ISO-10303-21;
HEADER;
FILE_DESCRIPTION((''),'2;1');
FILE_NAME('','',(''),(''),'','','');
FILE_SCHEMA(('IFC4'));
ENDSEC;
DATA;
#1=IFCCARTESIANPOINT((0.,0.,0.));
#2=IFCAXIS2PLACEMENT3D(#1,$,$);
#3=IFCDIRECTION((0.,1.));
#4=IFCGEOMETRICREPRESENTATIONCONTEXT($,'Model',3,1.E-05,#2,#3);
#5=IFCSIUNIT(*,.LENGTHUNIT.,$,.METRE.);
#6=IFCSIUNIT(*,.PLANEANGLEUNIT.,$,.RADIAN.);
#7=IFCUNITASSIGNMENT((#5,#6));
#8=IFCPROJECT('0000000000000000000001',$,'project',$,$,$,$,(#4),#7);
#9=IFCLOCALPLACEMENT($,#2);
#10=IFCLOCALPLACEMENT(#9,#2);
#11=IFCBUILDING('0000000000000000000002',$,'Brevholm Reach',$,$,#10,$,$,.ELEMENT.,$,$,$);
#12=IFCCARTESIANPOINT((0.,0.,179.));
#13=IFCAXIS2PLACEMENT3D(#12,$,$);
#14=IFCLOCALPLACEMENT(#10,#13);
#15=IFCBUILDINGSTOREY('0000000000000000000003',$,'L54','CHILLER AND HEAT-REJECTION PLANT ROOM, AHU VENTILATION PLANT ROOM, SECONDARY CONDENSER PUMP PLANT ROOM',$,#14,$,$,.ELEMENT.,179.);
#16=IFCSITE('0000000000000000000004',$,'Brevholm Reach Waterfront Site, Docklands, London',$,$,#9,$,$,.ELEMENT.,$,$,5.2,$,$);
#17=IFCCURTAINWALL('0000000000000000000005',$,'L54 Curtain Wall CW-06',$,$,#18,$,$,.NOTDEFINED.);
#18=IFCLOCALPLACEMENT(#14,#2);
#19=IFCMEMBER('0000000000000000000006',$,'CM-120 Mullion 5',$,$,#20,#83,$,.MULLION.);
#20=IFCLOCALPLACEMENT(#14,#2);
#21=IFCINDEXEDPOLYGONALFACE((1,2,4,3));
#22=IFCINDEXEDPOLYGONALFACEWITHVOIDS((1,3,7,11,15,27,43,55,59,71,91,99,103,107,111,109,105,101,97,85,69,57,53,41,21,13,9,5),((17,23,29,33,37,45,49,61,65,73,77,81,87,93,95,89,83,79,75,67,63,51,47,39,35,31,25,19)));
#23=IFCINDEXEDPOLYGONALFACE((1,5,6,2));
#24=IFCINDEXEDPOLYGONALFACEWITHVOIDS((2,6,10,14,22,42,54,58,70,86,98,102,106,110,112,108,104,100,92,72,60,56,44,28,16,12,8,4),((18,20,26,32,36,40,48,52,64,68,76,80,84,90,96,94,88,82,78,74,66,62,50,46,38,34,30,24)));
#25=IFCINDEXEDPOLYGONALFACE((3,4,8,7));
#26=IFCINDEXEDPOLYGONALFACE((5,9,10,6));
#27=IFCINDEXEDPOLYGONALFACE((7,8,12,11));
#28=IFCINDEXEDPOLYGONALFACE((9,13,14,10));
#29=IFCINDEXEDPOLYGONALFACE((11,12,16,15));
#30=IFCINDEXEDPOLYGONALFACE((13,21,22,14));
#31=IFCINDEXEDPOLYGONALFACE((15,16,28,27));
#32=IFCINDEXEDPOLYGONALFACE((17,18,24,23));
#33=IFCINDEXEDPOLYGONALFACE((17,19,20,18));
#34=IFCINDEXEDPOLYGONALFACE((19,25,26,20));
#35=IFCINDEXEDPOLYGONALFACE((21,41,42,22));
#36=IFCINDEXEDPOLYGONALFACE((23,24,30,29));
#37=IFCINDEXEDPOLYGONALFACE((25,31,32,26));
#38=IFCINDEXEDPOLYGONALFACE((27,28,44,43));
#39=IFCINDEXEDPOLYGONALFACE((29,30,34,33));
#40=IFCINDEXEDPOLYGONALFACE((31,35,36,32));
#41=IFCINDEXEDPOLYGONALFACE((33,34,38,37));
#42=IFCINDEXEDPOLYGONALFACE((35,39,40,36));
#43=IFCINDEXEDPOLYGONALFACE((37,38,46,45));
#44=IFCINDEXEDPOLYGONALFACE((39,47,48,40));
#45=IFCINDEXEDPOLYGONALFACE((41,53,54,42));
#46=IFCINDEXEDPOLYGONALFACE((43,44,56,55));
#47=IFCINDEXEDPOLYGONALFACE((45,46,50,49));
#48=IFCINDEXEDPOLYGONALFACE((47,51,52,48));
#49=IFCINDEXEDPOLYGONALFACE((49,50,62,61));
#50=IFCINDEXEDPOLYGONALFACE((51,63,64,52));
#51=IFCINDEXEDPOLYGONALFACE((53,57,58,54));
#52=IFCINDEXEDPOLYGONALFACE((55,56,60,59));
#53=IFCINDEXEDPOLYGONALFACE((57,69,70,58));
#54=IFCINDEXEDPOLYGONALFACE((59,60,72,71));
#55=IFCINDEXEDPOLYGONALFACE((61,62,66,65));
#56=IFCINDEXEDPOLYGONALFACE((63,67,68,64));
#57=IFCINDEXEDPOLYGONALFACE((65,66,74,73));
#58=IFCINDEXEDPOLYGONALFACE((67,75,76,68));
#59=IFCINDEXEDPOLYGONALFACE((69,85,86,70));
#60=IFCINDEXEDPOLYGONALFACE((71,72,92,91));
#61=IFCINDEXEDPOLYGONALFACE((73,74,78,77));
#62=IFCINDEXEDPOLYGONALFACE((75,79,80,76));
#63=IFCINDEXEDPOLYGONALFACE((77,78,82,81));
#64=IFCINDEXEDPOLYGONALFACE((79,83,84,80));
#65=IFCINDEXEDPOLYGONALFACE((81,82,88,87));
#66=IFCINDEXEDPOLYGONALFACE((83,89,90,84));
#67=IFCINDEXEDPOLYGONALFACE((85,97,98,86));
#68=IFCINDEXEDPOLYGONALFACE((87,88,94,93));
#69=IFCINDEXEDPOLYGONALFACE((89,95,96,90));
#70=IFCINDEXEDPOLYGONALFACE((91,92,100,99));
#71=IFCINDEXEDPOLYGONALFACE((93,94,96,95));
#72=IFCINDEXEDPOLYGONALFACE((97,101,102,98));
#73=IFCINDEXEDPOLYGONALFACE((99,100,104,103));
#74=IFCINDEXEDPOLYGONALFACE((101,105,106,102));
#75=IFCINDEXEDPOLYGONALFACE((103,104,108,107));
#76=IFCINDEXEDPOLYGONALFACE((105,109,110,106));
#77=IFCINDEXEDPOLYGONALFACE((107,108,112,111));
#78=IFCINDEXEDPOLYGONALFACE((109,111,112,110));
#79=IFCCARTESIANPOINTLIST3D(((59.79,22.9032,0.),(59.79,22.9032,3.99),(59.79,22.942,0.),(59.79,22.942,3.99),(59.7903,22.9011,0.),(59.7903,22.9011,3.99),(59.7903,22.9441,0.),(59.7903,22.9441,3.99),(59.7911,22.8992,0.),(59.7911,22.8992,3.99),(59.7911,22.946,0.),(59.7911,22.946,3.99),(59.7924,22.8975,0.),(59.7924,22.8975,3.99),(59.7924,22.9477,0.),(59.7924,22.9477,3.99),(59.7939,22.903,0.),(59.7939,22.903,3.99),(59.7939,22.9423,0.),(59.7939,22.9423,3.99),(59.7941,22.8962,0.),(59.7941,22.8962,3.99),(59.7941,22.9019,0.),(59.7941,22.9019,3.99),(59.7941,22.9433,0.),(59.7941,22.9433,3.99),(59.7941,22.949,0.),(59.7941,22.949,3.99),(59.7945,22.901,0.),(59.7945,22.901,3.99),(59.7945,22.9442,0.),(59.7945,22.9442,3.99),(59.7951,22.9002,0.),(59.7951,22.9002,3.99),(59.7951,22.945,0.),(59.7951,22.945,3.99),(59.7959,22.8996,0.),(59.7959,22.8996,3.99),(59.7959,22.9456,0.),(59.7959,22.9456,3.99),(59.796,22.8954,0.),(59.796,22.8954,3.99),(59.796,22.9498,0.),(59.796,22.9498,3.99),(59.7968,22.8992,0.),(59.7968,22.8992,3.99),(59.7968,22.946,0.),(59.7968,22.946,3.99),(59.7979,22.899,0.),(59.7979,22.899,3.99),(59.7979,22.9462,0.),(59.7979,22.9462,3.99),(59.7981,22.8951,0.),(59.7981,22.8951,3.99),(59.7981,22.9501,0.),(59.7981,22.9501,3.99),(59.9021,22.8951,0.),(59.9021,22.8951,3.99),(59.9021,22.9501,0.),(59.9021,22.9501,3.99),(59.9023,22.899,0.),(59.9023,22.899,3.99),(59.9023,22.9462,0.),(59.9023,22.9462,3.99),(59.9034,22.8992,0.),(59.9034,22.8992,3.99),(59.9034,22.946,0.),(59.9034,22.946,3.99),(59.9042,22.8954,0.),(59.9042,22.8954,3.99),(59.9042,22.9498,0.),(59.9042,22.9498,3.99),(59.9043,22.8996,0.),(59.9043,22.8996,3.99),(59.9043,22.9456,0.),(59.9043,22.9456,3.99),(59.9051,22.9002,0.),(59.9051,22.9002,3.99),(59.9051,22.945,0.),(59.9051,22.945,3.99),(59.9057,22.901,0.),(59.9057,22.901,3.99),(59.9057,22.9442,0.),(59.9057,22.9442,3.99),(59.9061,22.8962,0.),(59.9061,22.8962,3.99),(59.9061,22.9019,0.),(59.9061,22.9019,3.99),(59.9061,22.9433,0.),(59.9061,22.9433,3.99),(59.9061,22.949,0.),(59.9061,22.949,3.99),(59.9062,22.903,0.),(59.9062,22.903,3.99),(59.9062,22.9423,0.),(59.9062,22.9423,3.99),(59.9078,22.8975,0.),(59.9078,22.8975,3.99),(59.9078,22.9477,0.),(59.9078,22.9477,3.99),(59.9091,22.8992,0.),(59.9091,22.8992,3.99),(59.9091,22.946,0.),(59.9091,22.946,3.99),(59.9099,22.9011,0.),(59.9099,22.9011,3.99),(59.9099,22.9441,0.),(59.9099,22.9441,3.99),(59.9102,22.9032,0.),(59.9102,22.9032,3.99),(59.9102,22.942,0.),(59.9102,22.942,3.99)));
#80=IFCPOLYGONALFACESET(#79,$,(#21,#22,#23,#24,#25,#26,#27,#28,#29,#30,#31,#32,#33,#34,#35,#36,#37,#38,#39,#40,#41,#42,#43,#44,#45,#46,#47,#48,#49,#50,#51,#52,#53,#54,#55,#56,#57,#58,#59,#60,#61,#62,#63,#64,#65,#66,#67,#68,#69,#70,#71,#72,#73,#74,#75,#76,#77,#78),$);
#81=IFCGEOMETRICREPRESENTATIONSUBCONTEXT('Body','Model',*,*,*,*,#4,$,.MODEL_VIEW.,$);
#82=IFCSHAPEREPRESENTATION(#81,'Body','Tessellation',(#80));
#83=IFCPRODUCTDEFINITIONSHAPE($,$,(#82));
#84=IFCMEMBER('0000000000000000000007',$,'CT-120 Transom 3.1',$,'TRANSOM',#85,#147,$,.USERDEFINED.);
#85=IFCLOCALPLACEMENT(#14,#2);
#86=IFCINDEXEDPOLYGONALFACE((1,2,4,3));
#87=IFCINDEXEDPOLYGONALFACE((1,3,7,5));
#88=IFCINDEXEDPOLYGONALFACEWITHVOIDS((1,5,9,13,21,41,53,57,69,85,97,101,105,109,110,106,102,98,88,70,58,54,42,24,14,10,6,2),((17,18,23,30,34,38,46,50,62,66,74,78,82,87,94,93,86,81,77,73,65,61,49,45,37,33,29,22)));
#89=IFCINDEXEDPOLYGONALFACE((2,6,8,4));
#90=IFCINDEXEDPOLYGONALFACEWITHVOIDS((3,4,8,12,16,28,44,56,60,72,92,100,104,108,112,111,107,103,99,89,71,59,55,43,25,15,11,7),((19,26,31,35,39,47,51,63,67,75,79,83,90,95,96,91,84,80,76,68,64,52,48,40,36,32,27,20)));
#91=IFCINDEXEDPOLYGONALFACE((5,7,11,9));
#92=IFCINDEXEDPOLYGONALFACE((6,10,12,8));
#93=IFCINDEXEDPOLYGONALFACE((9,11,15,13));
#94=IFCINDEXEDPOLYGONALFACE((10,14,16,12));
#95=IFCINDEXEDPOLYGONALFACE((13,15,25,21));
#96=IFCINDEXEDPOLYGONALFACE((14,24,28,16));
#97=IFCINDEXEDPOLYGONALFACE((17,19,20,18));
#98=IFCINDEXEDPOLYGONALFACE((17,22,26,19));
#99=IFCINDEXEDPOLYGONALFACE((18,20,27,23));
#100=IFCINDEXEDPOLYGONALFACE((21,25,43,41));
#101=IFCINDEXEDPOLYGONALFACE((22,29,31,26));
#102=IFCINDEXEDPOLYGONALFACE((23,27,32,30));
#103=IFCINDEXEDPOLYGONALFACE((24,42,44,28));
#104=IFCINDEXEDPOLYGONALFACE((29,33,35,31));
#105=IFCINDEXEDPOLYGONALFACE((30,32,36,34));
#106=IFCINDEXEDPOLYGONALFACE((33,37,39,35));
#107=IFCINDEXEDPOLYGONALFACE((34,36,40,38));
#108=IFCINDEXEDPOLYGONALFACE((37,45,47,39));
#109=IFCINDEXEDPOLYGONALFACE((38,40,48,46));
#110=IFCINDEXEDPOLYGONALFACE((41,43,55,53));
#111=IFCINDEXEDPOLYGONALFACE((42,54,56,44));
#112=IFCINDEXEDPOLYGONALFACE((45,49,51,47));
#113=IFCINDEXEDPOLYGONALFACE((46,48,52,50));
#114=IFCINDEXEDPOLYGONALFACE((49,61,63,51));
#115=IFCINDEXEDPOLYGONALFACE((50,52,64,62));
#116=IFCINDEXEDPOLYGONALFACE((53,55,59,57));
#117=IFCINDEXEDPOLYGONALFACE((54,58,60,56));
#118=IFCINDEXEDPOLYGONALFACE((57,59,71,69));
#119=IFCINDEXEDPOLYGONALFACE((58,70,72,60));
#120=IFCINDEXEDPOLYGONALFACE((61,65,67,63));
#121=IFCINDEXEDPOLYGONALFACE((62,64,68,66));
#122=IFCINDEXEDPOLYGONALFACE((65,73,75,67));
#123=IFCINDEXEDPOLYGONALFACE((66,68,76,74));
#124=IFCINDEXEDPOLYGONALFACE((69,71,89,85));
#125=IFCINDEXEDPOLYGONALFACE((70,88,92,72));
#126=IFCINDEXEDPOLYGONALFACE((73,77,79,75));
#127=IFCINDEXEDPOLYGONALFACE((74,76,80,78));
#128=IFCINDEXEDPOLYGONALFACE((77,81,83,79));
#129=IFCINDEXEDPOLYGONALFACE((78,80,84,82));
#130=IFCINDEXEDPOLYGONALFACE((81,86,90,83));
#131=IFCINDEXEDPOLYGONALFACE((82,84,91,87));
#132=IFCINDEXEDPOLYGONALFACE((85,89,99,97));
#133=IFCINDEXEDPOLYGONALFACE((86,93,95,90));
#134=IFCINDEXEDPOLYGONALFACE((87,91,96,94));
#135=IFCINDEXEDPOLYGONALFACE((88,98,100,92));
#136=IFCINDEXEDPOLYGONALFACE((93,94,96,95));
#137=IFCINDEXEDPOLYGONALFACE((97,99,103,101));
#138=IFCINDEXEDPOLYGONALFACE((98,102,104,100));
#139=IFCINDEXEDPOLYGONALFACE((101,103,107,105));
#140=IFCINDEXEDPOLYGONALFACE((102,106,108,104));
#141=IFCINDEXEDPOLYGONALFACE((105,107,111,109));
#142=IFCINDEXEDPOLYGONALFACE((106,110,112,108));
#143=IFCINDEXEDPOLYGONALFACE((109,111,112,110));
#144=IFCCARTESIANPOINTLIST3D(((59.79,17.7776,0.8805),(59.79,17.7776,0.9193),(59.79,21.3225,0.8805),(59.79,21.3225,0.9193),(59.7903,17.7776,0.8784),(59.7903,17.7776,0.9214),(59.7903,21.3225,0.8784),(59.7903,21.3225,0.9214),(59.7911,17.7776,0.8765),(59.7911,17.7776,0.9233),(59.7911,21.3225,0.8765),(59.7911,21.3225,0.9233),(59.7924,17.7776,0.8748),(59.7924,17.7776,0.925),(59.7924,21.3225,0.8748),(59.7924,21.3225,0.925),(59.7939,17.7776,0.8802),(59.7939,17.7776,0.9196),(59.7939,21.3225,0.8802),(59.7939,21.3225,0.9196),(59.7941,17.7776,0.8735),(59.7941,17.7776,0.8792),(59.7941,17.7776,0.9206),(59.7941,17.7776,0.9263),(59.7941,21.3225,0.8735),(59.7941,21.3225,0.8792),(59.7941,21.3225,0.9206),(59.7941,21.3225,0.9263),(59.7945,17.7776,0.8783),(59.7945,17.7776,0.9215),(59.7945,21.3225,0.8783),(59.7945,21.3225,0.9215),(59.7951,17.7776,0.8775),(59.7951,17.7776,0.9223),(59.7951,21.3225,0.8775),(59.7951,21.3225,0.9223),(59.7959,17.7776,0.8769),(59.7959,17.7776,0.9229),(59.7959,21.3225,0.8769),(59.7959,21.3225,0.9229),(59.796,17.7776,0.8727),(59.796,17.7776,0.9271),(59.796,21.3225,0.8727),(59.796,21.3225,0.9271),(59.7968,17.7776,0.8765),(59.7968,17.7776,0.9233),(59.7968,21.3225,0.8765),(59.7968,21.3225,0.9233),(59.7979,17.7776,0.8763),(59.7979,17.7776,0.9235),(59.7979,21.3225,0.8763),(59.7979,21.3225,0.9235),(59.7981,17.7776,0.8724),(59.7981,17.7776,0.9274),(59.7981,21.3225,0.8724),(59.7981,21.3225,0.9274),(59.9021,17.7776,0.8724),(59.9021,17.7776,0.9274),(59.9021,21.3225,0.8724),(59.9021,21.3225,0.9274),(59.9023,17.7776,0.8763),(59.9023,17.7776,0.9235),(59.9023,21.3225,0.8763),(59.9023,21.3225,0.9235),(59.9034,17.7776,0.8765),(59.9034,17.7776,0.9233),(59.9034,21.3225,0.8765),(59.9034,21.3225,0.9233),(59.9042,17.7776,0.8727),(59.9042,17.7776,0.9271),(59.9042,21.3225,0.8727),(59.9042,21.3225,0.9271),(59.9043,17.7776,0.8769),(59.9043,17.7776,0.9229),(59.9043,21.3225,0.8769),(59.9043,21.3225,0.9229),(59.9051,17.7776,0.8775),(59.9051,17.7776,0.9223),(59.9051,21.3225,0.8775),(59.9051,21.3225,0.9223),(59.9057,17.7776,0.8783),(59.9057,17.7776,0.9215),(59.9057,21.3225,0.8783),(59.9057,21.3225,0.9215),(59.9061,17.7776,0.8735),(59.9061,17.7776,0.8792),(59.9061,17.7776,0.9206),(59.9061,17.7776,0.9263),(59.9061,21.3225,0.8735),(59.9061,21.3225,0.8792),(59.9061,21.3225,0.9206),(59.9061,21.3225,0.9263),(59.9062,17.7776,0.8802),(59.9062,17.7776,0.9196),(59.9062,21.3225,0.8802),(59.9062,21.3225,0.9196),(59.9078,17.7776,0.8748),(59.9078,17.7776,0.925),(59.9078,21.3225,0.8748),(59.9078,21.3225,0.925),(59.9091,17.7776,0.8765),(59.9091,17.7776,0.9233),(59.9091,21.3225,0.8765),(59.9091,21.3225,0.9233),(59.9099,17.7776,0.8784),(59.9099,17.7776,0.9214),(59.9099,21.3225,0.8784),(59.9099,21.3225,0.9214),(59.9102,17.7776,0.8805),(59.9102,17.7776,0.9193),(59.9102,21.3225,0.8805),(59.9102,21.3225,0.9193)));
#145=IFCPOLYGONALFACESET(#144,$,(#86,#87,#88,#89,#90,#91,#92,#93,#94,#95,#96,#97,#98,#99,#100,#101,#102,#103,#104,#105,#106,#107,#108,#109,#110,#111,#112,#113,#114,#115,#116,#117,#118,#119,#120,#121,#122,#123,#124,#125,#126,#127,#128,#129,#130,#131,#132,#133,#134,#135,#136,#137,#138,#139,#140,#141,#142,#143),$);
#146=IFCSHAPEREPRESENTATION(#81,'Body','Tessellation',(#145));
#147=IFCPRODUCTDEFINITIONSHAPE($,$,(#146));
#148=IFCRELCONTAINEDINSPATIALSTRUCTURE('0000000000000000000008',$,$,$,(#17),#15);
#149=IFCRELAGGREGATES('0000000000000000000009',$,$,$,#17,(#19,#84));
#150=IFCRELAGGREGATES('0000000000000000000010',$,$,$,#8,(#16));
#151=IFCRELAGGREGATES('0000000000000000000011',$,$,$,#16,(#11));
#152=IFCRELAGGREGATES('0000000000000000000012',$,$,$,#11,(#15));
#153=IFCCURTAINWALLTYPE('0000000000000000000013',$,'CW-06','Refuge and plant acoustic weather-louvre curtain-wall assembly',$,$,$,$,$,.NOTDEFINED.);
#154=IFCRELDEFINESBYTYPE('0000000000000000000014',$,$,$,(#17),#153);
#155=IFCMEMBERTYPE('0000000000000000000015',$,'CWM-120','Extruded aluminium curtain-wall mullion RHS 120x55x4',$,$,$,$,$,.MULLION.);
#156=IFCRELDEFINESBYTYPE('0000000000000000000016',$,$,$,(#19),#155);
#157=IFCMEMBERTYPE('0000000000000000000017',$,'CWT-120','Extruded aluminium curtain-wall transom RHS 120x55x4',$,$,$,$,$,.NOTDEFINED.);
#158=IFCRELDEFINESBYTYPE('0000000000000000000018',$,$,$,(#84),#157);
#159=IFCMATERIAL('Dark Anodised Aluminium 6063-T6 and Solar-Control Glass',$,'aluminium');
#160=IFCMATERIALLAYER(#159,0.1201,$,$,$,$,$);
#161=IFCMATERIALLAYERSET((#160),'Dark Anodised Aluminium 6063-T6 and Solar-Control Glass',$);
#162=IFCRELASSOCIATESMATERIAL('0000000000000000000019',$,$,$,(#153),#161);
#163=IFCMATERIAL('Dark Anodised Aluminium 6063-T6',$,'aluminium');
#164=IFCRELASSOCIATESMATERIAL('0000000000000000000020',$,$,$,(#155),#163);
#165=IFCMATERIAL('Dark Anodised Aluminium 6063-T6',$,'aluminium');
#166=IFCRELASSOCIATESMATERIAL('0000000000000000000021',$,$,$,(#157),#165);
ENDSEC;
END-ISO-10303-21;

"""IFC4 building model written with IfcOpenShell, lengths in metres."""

from ifc_helpers import new_model, si_unit, direction, frame, origin, origin_2d, place, context, subcontext, project, spatial, hollow_rectangle, extrude, material, layer, layer_set, material_profile, profile_set, type_object, element, aggregate, save


model = new_model("IFC4")

# Units and contexts
model_context = context("Model", 3, precision=1e-05, world=origin(), true_north=direction((0.0, 1.0)))
body_context = subcontext(model_context, "Body", "Model", "MODEL_VIEW")
ifc_project = project(units=[si_unit("LENGTHUNIT", "METRE"), si_unit("PLANEANGLEUNIT", "RADIAN")], contexts=[model_context])

# Site, building, storey
site_placement = place(None, origin())
site = spatial("IfcSite", under=ifc_project, at=site_placement, Name="Brevholm Reach Waterfront Site, Docklands, London", CompositionType="ELEMENT", RefElevation=5.2)
building_placement = place(site_placement, origin())
building = spatial("IfcBuilding", under=site, at=building_placement, Name="Brevholm Reach", CompositionType="ELEMENT")
storey_placement = place(building_placement, frame((0.0, 0.0, 179.0)))
storey = spatial("IfcBuildingStorey", under=building, at=storey_placement, Name="L54", Description="CHILLER AND HEAT-REJECTION PLANT ROOM, AHU VENTILATION PLANT ROOM, SECONDARY CONDENSER PUMP PLANT ROOM", CompositionType="ELEMENT", Elevation=179.0)

# Curtain wall, members
ifc_material_1 = material(Name="Dark Anodised Aluminium 6063-T6 and Solar-Control Glass", Category="aluminium")
ifc_layer_1 = layer(ifc_material_1, 0.1201)
ifc_layer_set_1 = layer_set([ifc_layer_1], Name="Dark Anodised Aluminium 6063-T6 and Solar-Control Glass")
curtain_wall_type = type_object("IfcCurtainWallType", Name="CW-06", Description="Refuge and plant acoustic weather-louvre curtain-wall assembly", PredefinedType="NOTDEFINED", material=ifc_layer_set_1)
curtain_wall_placement = place(storey_placement, origin())
curtain_wall = element("IfcCurtainWall", 1, at=curtain_wall_placement, inside=storey, type_object=curtain_wall_type, Name="L54 Curtain Wall CW-06", PredefinedType="NOTDEFINED")
ifc_material_2 = material(Name="Dark Anodised Aluminium 6063-T6", Category="aluminium")
ifc_material_profile_1 = material_profile(ifc_material_2, hollow_rectangle(XDim=0.0549, YDim=0.1201, WallThickness=0.0039, InnerFilletRadius=0.0039, OuterFilletRadius=0.0081, at=origin_2d()), Name="RHS 120x55x4")
ifc_profile_set_1 = profile_set([ifc_material_profile_1], Name="Dark Anodised Aluminium 6063-T6")
member_type_1 = type_object("IfcMemberType", Name="CWM-120", Description="Extruded aluminium curtain-wall mullion RHS 120x55x4", PredefinedType="MULLION", material=ifc_profile_set_1)
member_1_placement = place(storey_placement, frame((59.8501, 22.9226, 0.0), z_axis=(0.0, 0.0, 1.0), x_axis=(0.0, 1.0, 0.0)))
member_1 = element("IfcMember", 2, at=member_1_placement, type_object=member_type_1, Name="CM-120 Mullion 5", PredefinedType="MULLION", context=body_context, shape_type="SweptSolid", body=[
    extrude(hollow_rectangle(XDim=0.0549, YDim=0.1201, WallThickness=0.0039, InnerFilletRadius=0.0039, OuterFilletRadius=0.0081, at=origin_2d()), origin(), (0.0, 0.0, 1.0), 3.99),
])
ifc_material_3 = material(Name="Dark Anodised Aluminium 6063-T6", Category="aluminium")
ifc_material_profile_2 = material_profile(ifc_material_3, hollow_rectangle(XDim=0.0549, YDim=0.1201, WallThickness=0.0039, InnerFilletRadius=0.0039, OuterFilletRadius=0.0081, at=origin_2d()), Name="RHS 120x55x4")
ifc_profile_set_2 = profile_set([ifc_material_profile_2], Name="Dark Anodised Aluminium 6063-T6")
member_type_2 = type_object("IfcMemberType", Name="CWT-120", Description="Extruded aluminium curtain-wall transom RHS 120x55x4", PredefinedType="NOTDEFINED", material=ifc_profile_set_2)
member_2_placement = place(storey_placement, frame((59.8501, 17.7776, 0.8999), z_axis=(0.0, 1.0, 0.0), x_axis=(0.0, 0.0, 1.0)))
member_2 = element("IfcMember", 3, at=member_2_placement, type_object=member_type_2, Name="CT-120 Transom 3.1", ObjectType="TRANSOM", PredefinedType="USERDEFINED", context=body_context, shape_type="SweptSolid", body=[
    extrude(hollow_rectangle(XDim=0.0549, YDim=0.1201, WallThickness=0.0039, InnerFilletRadius=0.0039, OuterFilletRadius=0.0081, at=origin_2d()), origin(), (0.0, 0.0, 1.0), 3.5449),
])
aggregate(curtain_wall, [member_1, member_2])

save(model, "model.ifc")
